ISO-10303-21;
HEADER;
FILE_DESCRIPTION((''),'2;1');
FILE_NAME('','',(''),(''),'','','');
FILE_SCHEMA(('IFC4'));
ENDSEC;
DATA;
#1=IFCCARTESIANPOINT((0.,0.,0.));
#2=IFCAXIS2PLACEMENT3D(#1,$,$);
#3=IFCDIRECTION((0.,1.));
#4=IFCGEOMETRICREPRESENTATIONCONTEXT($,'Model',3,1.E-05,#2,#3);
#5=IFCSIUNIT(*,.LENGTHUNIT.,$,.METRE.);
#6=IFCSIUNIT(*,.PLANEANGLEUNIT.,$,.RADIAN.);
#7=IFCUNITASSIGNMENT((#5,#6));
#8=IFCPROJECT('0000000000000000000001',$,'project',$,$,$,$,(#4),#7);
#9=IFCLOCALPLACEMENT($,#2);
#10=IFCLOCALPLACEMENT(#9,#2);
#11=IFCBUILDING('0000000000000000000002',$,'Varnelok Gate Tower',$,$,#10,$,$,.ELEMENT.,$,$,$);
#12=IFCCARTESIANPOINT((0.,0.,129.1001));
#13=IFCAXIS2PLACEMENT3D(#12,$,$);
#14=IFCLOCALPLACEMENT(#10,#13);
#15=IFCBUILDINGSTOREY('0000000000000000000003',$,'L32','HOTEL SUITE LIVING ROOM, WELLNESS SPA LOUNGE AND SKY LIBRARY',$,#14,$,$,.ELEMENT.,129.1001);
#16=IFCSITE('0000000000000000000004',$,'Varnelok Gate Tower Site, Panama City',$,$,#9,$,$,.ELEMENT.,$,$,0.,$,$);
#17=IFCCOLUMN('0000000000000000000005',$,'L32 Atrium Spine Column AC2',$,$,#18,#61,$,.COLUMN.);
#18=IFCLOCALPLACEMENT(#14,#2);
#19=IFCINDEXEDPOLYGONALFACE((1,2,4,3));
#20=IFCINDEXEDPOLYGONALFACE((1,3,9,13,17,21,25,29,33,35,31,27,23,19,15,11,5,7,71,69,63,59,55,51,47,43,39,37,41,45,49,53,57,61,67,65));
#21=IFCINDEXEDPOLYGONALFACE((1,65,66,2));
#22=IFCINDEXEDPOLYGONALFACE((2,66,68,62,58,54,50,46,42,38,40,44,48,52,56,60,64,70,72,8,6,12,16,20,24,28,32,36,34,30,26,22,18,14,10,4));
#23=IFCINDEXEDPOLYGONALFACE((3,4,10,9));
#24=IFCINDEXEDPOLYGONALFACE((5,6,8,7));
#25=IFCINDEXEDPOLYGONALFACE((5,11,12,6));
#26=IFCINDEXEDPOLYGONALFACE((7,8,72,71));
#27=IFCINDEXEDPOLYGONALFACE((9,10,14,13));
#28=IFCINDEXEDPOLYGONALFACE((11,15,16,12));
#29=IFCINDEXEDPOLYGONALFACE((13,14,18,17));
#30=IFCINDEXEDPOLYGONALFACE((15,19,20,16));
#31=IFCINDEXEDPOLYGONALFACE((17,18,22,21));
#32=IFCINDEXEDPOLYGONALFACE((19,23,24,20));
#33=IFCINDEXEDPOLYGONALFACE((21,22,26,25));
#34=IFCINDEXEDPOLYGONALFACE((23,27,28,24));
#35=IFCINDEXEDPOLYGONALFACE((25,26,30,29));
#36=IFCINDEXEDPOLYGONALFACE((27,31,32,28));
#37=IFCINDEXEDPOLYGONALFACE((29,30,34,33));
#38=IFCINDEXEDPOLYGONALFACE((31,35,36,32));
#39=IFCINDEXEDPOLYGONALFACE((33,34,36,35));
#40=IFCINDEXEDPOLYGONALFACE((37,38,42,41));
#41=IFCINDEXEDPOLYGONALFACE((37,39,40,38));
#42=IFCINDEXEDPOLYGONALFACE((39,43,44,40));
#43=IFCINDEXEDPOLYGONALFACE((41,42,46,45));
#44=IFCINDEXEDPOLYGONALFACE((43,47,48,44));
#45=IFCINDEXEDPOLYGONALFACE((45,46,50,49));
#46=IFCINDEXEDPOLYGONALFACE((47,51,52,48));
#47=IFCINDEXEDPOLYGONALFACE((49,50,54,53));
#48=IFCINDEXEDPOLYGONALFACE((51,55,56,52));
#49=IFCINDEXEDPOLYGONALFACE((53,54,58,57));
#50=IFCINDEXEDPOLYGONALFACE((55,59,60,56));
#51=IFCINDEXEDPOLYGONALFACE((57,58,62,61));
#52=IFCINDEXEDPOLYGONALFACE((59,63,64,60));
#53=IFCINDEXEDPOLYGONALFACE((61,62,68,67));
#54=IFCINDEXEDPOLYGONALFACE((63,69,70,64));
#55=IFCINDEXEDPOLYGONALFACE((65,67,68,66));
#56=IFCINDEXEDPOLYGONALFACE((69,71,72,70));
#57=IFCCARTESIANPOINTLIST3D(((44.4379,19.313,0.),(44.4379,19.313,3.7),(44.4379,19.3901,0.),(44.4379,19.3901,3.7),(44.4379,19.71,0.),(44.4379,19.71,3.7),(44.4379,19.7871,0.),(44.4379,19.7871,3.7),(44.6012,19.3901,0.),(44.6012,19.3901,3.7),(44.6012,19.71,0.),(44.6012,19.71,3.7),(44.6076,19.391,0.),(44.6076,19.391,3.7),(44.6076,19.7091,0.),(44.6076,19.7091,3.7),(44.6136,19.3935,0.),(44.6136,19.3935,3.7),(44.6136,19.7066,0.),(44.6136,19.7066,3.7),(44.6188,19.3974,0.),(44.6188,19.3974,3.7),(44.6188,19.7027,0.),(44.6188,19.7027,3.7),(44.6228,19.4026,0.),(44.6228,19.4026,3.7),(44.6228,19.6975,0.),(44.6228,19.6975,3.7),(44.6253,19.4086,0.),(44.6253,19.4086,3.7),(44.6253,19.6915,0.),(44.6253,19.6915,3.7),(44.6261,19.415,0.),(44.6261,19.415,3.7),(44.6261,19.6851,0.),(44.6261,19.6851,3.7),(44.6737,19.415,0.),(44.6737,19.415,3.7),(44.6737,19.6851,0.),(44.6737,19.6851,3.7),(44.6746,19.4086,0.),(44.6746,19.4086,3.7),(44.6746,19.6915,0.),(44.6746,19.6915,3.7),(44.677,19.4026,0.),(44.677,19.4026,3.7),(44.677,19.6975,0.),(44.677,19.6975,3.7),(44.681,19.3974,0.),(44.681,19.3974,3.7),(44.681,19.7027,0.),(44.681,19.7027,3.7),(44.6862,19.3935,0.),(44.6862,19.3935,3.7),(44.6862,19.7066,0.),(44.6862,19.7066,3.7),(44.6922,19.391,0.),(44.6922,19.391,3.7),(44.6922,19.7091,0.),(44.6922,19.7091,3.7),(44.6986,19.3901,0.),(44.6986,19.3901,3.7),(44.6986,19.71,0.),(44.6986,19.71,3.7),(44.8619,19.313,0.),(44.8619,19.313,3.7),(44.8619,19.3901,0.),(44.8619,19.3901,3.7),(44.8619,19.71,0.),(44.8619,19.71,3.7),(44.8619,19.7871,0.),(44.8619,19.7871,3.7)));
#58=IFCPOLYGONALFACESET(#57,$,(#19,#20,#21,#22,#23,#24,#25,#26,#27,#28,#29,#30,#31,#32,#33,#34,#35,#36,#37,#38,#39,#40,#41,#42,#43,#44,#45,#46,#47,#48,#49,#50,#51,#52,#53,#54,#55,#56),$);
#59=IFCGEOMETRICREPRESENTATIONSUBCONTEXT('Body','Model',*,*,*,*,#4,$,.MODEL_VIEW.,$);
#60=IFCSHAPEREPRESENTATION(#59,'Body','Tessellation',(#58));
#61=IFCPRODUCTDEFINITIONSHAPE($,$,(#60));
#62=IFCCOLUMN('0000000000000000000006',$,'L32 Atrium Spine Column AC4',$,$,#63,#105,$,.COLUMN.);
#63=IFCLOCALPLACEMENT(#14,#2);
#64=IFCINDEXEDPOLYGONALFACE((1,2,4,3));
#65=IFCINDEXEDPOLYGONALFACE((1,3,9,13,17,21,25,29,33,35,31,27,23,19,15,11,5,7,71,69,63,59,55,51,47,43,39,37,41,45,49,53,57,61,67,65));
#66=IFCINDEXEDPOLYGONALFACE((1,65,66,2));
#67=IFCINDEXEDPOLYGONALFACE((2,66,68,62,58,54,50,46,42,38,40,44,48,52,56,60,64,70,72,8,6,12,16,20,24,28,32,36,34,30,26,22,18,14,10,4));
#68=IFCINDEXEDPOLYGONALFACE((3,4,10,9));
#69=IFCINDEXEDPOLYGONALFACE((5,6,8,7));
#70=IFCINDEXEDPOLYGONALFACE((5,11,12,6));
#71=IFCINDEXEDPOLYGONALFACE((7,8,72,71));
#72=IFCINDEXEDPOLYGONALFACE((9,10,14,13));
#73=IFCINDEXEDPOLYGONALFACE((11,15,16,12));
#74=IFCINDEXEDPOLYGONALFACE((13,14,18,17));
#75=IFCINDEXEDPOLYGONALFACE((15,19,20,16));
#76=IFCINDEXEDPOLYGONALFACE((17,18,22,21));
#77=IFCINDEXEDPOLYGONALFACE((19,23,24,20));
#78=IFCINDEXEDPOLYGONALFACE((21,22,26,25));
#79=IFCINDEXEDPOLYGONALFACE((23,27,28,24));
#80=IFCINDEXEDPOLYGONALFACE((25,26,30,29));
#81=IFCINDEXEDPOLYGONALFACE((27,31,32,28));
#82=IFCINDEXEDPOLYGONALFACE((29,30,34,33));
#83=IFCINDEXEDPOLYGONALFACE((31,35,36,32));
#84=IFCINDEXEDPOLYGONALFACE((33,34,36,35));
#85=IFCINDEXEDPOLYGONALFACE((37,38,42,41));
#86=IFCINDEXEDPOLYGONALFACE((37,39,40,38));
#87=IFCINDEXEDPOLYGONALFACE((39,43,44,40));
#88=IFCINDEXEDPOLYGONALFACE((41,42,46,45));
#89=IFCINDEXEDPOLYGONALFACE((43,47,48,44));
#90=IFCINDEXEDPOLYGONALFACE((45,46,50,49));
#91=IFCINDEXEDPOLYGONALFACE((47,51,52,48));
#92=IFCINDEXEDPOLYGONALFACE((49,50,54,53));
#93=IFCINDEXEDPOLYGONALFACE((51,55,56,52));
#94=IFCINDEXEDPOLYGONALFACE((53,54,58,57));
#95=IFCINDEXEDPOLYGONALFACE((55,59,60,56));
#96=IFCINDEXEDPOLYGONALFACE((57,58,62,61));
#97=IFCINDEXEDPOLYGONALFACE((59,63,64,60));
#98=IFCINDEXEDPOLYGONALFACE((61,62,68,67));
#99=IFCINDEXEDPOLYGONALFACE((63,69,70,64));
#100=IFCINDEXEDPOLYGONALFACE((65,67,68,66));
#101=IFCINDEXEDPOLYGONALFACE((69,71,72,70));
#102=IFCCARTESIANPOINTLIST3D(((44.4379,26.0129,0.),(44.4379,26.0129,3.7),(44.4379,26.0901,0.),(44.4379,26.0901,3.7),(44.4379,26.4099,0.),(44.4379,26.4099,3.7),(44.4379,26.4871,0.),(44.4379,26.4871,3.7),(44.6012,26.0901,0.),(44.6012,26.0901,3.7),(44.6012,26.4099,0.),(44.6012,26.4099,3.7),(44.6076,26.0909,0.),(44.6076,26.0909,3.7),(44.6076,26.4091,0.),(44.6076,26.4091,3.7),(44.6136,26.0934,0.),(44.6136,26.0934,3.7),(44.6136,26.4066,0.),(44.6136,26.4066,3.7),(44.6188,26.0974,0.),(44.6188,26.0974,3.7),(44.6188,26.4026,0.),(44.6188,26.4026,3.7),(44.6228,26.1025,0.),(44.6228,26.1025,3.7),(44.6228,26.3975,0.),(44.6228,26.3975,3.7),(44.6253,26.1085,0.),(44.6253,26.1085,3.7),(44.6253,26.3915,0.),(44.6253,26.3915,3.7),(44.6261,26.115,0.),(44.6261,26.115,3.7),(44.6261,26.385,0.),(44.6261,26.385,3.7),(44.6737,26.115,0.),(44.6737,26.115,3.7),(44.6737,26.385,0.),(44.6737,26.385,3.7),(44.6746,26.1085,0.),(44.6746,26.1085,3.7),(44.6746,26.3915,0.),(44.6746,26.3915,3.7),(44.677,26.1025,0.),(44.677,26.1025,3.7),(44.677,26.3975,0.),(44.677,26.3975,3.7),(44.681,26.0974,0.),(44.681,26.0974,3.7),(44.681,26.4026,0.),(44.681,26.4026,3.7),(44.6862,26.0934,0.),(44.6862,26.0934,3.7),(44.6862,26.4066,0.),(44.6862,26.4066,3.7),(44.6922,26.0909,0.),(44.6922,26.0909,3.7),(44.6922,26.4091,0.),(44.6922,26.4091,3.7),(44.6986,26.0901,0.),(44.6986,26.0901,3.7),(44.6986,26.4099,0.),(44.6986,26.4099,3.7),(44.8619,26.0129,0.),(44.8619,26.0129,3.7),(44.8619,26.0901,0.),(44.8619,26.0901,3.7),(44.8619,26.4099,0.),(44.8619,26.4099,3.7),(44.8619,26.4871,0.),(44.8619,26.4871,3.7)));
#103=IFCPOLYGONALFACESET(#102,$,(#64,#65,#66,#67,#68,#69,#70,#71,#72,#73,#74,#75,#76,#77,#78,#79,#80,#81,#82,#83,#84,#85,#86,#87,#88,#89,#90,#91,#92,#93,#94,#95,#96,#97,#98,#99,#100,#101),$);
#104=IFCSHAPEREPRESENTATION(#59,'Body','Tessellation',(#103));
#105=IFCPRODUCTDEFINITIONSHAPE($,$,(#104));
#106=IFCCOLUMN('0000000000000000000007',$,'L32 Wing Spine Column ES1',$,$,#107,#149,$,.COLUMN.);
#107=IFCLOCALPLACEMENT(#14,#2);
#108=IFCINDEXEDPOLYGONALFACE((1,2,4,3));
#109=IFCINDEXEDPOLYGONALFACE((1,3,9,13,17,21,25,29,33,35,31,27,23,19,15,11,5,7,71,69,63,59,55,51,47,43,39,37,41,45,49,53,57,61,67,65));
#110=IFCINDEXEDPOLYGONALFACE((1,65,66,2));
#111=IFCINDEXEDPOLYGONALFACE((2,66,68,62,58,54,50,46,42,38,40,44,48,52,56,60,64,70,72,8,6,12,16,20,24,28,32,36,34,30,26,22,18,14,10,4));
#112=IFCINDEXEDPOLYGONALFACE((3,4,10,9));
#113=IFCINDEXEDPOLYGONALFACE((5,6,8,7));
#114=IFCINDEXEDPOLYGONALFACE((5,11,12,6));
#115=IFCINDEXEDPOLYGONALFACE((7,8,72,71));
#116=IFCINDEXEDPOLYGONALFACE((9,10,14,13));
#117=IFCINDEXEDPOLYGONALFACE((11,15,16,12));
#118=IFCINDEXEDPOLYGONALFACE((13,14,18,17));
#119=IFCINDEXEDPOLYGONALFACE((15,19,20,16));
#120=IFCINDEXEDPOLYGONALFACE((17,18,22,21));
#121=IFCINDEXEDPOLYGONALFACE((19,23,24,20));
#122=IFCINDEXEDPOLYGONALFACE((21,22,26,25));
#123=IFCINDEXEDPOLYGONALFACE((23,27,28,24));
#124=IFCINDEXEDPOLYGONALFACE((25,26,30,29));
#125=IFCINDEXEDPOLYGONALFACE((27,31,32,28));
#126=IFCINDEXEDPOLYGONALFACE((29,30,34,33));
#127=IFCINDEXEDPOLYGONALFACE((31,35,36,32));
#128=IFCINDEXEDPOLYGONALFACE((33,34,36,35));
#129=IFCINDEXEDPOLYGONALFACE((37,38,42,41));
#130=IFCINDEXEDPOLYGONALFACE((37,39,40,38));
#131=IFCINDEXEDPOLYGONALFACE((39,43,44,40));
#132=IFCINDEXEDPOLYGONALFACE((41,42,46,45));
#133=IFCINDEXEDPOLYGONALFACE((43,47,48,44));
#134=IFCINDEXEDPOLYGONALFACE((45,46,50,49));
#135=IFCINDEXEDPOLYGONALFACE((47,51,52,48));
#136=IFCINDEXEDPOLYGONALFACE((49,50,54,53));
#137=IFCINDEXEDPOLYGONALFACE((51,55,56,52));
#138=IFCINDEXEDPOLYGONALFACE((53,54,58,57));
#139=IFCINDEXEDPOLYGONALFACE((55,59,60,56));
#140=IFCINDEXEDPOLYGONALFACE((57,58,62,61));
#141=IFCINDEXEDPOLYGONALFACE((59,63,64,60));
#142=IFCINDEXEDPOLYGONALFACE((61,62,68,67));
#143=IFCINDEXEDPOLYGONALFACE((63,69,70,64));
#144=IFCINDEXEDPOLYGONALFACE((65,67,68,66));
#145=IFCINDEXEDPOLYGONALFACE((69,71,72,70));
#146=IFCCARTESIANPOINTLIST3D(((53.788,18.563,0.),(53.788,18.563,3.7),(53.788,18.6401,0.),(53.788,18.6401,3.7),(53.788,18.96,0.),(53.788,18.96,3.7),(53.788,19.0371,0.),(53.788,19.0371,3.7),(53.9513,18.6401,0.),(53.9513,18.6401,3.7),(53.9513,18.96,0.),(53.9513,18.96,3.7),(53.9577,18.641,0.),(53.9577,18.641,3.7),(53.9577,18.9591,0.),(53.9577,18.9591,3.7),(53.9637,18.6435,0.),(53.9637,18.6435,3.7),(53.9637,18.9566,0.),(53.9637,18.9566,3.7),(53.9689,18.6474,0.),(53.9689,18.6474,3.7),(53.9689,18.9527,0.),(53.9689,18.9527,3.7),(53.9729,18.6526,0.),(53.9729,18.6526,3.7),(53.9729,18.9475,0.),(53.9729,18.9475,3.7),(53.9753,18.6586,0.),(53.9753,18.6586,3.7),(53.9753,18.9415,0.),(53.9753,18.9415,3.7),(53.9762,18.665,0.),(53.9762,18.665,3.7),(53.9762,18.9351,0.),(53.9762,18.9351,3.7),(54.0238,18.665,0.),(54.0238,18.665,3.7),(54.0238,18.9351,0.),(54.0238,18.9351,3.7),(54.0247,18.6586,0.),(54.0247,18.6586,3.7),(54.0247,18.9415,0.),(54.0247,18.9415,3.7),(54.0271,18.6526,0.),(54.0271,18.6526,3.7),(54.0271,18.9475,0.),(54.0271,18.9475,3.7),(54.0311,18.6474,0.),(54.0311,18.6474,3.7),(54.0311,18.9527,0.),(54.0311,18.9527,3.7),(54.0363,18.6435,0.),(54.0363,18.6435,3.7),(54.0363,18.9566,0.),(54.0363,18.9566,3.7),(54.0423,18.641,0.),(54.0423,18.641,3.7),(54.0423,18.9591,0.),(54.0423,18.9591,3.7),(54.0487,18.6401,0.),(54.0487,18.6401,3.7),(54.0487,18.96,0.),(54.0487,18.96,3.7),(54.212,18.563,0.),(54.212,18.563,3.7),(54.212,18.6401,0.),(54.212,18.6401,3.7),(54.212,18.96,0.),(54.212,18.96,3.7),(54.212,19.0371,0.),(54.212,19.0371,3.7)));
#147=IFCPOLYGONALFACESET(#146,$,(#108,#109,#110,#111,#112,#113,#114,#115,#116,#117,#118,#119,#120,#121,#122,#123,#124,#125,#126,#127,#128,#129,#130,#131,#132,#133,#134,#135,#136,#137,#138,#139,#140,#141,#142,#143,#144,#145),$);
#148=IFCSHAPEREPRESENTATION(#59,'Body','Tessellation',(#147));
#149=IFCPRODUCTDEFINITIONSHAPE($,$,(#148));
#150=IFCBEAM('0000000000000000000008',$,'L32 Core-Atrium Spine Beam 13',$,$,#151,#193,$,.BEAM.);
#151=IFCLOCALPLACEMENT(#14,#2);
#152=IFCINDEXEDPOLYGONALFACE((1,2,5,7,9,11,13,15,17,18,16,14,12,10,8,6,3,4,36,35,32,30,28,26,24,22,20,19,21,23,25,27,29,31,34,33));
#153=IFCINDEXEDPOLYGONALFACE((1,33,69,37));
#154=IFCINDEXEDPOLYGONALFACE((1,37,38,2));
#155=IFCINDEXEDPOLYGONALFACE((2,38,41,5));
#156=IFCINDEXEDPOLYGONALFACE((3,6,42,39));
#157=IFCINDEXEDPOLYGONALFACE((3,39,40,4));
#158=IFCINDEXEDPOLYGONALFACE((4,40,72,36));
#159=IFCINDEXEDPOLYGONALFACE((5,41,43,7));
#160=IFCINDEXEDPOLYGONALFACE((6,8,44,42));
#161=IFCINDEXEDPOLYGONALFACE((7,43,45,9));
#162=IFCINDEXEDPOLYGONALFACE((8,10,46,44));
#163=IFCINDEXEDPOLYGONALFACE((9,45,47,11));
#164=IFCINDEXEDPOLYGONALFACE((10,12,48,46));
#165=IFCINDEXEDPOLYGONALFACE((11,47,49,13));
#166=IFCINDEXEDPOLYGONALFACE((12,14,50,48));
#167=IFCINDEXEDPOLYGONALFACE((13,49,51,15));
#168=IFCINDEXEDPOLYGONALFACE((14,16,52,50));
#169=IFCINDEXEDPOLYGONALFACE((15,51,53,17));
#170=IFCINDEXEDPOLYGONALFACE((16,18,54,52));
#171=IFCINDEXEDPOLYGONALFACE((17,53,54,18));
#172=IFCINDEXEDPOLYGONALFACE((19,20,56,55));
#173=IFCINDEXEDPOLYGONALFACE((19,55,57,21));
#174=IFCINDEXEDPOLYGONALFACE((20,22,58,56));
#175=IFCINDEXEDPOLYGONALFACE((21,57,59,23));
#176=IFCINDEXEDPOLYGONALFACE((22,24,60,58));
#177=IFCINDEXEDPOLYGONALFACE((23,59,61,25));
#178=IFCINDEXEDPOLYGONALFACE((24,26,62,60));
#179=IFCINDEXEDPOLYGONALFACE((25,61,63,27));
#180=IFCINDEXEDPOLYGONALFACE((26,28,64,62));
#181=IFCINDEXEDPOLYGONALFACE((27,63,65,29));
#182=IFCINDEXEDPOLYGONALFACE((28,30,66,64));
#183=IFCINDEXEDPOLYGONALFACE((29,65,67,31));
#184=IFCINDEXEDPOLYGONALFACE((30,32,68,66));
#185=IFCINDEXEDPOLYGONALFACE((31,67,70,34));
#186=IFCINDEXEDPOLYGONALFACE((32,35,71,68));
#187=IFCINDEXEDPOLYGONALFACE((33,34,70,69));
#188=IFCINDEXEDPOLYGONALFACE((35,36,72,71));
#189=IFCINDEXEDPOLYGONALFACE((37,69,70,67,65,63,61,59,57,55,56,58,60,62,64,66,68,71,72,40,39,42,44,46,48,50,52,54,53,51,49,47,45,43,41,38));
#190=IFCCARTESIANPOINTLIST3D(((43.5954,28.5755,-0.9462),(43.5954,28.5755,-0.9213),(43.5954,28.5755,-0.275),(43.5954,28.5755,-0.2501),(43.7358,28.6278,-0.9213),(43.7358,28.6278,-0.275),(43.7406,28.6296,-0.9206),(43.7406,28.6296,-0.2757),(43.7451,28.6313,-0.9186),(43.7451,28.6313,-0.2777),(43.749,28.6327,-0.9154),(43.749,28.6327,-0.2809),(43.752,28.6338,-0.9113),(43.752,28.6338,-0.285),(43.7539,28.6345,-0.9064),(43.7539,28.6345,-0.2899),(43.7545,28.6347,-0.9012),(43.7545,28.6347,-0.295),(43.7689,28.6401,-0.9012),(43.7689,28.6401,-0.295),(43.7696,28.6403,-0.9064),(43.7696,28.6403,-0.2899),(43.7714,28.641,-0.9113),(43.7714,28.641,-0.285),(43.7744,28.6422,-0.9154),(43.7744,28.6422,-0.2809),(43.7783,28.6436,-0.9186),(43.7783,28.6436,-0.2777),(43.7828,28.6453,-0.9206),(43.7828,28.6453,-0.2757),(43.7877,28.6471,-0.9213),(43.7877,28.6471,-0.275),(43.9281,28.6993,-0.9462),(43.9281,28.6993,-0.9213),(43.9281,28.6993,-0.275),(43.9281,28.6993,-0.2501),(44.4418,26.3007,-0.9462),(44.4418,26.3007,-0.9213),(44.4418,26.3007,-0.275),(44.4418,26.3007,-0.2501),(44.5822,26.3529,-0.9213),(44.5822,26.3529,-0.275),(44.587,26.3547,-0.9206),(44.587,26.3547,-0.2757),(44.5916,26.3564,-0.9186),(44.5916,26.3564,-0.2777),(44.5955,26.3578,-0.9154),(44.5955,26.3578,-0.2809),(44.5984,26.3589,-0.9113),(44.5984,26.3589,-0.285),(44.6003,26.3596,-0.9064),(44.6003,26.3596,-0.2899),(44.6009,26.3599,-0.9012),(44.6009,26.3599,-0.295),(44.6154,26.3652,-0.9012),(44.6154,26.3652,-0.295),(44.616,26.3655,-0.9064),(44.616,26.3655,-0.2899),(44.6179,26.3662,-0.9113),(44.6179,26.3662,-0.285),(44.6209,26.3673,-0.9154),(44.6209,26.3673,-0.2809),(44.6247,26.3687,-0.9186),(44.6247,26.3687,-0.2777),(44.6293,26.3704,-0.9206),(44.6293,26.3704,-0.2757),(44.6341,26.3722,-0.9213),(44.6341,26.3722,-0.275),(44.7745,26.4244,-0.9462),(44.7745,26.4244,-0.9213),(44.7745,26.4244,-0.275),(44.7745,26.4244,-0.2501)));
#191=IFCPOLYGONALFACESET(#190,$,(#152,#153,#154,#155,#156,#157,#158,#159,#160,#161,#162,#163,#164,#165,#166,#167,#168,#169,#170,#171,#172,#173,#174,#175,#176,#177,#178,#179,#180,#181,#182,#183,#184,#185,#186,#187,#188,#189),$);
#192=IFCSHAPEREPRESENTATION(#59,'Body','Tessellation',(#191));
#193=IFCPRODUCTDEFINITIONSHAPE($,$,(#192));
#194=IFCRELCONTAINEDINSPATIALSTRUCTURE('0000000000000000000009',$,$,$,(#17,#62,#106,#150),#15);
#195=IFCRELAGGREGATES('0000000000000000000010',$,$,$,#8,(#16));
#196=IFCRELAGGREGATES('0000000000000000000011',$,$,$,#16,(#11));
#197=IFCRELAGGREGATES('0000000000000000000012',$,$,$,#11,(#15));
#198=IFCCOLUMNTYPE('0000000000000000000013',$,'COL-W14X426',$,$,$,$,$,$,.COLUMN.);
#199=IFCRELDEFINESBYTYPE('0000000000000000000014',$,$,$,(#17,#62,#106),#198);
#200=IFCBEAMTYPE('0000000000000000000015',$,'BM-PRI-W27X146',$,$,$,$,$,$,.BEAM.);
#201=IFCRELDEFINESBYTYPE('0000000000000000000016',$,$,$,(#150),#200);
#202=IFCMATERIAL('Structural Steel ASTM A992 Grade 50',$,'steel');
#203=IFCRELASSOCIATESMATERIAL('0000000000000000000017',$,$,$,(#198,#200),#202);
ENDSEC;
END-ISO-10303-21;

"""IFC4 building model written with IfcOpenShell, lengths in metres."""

from ifc_helpers import new_model, si_unit, direction, frame, origin, origin_2d, place, context, subcontext, project, spatial, i_section, extrude, material, material_profile, profile_set, type_object, element, save


model = new_model("IFC4")

# Units and contexts
model_context = context("Model", 3, precision=1e-05, world=origin(), true_north=direction((0.0, 1.0)))
body_context = subcontext(model_context, "Body", "Model", "MODEL_VIEW")
ifc_project = project(units=[si_unit("LENGTHUNIT", "METRE"), si_unit("PLANEANGLEUNIT", "RADIAN")], contexts=[model_context])

# Site, building, storey
site_placement = place(None, origin())
site = spatial("IfcSite", under=ifc_project, at=site_placement, Name="Varnelok Gate Tower Site, Panama City", CompositionType="ELEMENT", RefElevation=0.0)
building_placement = place(site_placement, origin())
building = spatial("IfcBuilding", under=site, at=building_placement, Name="Varnelok Gate Tower", CompositionType="ELEMENT")
storey_placement = place(building_placement, frame((0.0, 0.0, 129.1001)))
storey = spatial("IfcBuildingStorey", under=building, at=storey_placement, Name="L32", Description="HOTEL SUITE LIVING ROOM, WELLNESS SPA LOUNGE AND SKY LIBRARY", CompositionType="ELEMENT", Elevation=129.1001)

# Columns
ifc_material_1 = material(Name="Structural Steel ASTM A992 Grade 50", Category="steel")
ifc_material_profile_1 = material_profile(ifc_material_1, i_section(OverallWidth=0.4241, OverallDepth=0.4741, WebThickness=0.0476, FlangeThickness=0.0771, FilletRadius=0.0249, at=origin_2d()), Name="W14X426")
ifc_profile_set_1 = profile_set([ifc_material_profile_1], Name="Structural Steel ASTM A992 Grade 50")
column_type = type_object("IfcColumnType", Name="COL-W14X426", PredefinedType="COLUMN", material=ifc_profile_set_1)
for number, where, z_axis, x_axis, name in (
    (1, (44.6499, 19.55, 0.0), (0.0, 0.0, 1.0), (1.0, 0.0, 0.0), "L32 Atrium Spine Column AC2"),
    (2, (44.6499, 26.25, 0.0), (0.0, 0.0, 1.0), (1.0, 0.0, 0.0), "L32 Atrium Spine Column AC4"),
    (3, (54.0, 18.8, 0.0), (0.0, 0.0, 1.0), (1.0, 0.0, 0.0), "L32 Wing Spine Column ES1"),
):
    element("IfcColumn", number, at=place(storey_placement, frame(where, z_axis=z_axis, x_axis=x_axis)), inside=storey, type_object=column_type, Name=name, PredefinedType="COLUMN", context=body_context, shape_type="SweptSolid", body=[
        extrude(i_section(OverallWidth=0.4241, OverallDepth=0.4741, WebThickness=0.0476, FlangeThickness=0.0771, FilletRadius=0.0249, at=origin_2d()), origin(), (0.0, 0.0, 1.0), 3.7),
    ])

# Beam
ifc_material_profile_2 = material_profile(ifc_material_1, i_section(OverallWidth=0.355, OverallDepth=0.696, WebThickness=0.0154, FlangeThickness=0.0249, FilletRadius=0.02, at=origin_2d()), Name="W27X146")
ifc_profile_set_2 = profile_set([ifc_material_profile_2], Name="Structural Steel ASTM A992 Grade 50")
beam_type_1 = type_object("IfcBeamType", Name="BM-PRI-W27X146", PredefinedType="BEAM", material=ifc_profile_set_2)
beam_1_placement = place(storey_placement, frame((44.6082, 26.3625, -0.5981), z_axis=(-0.348719, 0.937227, 0.0), x_axis=(-0.937227, -0.348719, 0.0)))
element("IfcBeam", 4, at=beam_1_placement, inside=storey, type_object=beam_type_1, Name="L32 Core-Atrium Spine Beam 13", PredefinedType="BEAM", context=body_context, shape_type="SweptSolid", body=[
    extrude(i_section(OverallWidth=0.355, OverallDepth=0.696, WebThickness=0.0154, FlangeThickness=0.0249, FilletRadius=0.02, at=origin_2d()), origin(), (0.0, 0.0, 1.0), 2.4272),
])

save(model, "model.ifc")
